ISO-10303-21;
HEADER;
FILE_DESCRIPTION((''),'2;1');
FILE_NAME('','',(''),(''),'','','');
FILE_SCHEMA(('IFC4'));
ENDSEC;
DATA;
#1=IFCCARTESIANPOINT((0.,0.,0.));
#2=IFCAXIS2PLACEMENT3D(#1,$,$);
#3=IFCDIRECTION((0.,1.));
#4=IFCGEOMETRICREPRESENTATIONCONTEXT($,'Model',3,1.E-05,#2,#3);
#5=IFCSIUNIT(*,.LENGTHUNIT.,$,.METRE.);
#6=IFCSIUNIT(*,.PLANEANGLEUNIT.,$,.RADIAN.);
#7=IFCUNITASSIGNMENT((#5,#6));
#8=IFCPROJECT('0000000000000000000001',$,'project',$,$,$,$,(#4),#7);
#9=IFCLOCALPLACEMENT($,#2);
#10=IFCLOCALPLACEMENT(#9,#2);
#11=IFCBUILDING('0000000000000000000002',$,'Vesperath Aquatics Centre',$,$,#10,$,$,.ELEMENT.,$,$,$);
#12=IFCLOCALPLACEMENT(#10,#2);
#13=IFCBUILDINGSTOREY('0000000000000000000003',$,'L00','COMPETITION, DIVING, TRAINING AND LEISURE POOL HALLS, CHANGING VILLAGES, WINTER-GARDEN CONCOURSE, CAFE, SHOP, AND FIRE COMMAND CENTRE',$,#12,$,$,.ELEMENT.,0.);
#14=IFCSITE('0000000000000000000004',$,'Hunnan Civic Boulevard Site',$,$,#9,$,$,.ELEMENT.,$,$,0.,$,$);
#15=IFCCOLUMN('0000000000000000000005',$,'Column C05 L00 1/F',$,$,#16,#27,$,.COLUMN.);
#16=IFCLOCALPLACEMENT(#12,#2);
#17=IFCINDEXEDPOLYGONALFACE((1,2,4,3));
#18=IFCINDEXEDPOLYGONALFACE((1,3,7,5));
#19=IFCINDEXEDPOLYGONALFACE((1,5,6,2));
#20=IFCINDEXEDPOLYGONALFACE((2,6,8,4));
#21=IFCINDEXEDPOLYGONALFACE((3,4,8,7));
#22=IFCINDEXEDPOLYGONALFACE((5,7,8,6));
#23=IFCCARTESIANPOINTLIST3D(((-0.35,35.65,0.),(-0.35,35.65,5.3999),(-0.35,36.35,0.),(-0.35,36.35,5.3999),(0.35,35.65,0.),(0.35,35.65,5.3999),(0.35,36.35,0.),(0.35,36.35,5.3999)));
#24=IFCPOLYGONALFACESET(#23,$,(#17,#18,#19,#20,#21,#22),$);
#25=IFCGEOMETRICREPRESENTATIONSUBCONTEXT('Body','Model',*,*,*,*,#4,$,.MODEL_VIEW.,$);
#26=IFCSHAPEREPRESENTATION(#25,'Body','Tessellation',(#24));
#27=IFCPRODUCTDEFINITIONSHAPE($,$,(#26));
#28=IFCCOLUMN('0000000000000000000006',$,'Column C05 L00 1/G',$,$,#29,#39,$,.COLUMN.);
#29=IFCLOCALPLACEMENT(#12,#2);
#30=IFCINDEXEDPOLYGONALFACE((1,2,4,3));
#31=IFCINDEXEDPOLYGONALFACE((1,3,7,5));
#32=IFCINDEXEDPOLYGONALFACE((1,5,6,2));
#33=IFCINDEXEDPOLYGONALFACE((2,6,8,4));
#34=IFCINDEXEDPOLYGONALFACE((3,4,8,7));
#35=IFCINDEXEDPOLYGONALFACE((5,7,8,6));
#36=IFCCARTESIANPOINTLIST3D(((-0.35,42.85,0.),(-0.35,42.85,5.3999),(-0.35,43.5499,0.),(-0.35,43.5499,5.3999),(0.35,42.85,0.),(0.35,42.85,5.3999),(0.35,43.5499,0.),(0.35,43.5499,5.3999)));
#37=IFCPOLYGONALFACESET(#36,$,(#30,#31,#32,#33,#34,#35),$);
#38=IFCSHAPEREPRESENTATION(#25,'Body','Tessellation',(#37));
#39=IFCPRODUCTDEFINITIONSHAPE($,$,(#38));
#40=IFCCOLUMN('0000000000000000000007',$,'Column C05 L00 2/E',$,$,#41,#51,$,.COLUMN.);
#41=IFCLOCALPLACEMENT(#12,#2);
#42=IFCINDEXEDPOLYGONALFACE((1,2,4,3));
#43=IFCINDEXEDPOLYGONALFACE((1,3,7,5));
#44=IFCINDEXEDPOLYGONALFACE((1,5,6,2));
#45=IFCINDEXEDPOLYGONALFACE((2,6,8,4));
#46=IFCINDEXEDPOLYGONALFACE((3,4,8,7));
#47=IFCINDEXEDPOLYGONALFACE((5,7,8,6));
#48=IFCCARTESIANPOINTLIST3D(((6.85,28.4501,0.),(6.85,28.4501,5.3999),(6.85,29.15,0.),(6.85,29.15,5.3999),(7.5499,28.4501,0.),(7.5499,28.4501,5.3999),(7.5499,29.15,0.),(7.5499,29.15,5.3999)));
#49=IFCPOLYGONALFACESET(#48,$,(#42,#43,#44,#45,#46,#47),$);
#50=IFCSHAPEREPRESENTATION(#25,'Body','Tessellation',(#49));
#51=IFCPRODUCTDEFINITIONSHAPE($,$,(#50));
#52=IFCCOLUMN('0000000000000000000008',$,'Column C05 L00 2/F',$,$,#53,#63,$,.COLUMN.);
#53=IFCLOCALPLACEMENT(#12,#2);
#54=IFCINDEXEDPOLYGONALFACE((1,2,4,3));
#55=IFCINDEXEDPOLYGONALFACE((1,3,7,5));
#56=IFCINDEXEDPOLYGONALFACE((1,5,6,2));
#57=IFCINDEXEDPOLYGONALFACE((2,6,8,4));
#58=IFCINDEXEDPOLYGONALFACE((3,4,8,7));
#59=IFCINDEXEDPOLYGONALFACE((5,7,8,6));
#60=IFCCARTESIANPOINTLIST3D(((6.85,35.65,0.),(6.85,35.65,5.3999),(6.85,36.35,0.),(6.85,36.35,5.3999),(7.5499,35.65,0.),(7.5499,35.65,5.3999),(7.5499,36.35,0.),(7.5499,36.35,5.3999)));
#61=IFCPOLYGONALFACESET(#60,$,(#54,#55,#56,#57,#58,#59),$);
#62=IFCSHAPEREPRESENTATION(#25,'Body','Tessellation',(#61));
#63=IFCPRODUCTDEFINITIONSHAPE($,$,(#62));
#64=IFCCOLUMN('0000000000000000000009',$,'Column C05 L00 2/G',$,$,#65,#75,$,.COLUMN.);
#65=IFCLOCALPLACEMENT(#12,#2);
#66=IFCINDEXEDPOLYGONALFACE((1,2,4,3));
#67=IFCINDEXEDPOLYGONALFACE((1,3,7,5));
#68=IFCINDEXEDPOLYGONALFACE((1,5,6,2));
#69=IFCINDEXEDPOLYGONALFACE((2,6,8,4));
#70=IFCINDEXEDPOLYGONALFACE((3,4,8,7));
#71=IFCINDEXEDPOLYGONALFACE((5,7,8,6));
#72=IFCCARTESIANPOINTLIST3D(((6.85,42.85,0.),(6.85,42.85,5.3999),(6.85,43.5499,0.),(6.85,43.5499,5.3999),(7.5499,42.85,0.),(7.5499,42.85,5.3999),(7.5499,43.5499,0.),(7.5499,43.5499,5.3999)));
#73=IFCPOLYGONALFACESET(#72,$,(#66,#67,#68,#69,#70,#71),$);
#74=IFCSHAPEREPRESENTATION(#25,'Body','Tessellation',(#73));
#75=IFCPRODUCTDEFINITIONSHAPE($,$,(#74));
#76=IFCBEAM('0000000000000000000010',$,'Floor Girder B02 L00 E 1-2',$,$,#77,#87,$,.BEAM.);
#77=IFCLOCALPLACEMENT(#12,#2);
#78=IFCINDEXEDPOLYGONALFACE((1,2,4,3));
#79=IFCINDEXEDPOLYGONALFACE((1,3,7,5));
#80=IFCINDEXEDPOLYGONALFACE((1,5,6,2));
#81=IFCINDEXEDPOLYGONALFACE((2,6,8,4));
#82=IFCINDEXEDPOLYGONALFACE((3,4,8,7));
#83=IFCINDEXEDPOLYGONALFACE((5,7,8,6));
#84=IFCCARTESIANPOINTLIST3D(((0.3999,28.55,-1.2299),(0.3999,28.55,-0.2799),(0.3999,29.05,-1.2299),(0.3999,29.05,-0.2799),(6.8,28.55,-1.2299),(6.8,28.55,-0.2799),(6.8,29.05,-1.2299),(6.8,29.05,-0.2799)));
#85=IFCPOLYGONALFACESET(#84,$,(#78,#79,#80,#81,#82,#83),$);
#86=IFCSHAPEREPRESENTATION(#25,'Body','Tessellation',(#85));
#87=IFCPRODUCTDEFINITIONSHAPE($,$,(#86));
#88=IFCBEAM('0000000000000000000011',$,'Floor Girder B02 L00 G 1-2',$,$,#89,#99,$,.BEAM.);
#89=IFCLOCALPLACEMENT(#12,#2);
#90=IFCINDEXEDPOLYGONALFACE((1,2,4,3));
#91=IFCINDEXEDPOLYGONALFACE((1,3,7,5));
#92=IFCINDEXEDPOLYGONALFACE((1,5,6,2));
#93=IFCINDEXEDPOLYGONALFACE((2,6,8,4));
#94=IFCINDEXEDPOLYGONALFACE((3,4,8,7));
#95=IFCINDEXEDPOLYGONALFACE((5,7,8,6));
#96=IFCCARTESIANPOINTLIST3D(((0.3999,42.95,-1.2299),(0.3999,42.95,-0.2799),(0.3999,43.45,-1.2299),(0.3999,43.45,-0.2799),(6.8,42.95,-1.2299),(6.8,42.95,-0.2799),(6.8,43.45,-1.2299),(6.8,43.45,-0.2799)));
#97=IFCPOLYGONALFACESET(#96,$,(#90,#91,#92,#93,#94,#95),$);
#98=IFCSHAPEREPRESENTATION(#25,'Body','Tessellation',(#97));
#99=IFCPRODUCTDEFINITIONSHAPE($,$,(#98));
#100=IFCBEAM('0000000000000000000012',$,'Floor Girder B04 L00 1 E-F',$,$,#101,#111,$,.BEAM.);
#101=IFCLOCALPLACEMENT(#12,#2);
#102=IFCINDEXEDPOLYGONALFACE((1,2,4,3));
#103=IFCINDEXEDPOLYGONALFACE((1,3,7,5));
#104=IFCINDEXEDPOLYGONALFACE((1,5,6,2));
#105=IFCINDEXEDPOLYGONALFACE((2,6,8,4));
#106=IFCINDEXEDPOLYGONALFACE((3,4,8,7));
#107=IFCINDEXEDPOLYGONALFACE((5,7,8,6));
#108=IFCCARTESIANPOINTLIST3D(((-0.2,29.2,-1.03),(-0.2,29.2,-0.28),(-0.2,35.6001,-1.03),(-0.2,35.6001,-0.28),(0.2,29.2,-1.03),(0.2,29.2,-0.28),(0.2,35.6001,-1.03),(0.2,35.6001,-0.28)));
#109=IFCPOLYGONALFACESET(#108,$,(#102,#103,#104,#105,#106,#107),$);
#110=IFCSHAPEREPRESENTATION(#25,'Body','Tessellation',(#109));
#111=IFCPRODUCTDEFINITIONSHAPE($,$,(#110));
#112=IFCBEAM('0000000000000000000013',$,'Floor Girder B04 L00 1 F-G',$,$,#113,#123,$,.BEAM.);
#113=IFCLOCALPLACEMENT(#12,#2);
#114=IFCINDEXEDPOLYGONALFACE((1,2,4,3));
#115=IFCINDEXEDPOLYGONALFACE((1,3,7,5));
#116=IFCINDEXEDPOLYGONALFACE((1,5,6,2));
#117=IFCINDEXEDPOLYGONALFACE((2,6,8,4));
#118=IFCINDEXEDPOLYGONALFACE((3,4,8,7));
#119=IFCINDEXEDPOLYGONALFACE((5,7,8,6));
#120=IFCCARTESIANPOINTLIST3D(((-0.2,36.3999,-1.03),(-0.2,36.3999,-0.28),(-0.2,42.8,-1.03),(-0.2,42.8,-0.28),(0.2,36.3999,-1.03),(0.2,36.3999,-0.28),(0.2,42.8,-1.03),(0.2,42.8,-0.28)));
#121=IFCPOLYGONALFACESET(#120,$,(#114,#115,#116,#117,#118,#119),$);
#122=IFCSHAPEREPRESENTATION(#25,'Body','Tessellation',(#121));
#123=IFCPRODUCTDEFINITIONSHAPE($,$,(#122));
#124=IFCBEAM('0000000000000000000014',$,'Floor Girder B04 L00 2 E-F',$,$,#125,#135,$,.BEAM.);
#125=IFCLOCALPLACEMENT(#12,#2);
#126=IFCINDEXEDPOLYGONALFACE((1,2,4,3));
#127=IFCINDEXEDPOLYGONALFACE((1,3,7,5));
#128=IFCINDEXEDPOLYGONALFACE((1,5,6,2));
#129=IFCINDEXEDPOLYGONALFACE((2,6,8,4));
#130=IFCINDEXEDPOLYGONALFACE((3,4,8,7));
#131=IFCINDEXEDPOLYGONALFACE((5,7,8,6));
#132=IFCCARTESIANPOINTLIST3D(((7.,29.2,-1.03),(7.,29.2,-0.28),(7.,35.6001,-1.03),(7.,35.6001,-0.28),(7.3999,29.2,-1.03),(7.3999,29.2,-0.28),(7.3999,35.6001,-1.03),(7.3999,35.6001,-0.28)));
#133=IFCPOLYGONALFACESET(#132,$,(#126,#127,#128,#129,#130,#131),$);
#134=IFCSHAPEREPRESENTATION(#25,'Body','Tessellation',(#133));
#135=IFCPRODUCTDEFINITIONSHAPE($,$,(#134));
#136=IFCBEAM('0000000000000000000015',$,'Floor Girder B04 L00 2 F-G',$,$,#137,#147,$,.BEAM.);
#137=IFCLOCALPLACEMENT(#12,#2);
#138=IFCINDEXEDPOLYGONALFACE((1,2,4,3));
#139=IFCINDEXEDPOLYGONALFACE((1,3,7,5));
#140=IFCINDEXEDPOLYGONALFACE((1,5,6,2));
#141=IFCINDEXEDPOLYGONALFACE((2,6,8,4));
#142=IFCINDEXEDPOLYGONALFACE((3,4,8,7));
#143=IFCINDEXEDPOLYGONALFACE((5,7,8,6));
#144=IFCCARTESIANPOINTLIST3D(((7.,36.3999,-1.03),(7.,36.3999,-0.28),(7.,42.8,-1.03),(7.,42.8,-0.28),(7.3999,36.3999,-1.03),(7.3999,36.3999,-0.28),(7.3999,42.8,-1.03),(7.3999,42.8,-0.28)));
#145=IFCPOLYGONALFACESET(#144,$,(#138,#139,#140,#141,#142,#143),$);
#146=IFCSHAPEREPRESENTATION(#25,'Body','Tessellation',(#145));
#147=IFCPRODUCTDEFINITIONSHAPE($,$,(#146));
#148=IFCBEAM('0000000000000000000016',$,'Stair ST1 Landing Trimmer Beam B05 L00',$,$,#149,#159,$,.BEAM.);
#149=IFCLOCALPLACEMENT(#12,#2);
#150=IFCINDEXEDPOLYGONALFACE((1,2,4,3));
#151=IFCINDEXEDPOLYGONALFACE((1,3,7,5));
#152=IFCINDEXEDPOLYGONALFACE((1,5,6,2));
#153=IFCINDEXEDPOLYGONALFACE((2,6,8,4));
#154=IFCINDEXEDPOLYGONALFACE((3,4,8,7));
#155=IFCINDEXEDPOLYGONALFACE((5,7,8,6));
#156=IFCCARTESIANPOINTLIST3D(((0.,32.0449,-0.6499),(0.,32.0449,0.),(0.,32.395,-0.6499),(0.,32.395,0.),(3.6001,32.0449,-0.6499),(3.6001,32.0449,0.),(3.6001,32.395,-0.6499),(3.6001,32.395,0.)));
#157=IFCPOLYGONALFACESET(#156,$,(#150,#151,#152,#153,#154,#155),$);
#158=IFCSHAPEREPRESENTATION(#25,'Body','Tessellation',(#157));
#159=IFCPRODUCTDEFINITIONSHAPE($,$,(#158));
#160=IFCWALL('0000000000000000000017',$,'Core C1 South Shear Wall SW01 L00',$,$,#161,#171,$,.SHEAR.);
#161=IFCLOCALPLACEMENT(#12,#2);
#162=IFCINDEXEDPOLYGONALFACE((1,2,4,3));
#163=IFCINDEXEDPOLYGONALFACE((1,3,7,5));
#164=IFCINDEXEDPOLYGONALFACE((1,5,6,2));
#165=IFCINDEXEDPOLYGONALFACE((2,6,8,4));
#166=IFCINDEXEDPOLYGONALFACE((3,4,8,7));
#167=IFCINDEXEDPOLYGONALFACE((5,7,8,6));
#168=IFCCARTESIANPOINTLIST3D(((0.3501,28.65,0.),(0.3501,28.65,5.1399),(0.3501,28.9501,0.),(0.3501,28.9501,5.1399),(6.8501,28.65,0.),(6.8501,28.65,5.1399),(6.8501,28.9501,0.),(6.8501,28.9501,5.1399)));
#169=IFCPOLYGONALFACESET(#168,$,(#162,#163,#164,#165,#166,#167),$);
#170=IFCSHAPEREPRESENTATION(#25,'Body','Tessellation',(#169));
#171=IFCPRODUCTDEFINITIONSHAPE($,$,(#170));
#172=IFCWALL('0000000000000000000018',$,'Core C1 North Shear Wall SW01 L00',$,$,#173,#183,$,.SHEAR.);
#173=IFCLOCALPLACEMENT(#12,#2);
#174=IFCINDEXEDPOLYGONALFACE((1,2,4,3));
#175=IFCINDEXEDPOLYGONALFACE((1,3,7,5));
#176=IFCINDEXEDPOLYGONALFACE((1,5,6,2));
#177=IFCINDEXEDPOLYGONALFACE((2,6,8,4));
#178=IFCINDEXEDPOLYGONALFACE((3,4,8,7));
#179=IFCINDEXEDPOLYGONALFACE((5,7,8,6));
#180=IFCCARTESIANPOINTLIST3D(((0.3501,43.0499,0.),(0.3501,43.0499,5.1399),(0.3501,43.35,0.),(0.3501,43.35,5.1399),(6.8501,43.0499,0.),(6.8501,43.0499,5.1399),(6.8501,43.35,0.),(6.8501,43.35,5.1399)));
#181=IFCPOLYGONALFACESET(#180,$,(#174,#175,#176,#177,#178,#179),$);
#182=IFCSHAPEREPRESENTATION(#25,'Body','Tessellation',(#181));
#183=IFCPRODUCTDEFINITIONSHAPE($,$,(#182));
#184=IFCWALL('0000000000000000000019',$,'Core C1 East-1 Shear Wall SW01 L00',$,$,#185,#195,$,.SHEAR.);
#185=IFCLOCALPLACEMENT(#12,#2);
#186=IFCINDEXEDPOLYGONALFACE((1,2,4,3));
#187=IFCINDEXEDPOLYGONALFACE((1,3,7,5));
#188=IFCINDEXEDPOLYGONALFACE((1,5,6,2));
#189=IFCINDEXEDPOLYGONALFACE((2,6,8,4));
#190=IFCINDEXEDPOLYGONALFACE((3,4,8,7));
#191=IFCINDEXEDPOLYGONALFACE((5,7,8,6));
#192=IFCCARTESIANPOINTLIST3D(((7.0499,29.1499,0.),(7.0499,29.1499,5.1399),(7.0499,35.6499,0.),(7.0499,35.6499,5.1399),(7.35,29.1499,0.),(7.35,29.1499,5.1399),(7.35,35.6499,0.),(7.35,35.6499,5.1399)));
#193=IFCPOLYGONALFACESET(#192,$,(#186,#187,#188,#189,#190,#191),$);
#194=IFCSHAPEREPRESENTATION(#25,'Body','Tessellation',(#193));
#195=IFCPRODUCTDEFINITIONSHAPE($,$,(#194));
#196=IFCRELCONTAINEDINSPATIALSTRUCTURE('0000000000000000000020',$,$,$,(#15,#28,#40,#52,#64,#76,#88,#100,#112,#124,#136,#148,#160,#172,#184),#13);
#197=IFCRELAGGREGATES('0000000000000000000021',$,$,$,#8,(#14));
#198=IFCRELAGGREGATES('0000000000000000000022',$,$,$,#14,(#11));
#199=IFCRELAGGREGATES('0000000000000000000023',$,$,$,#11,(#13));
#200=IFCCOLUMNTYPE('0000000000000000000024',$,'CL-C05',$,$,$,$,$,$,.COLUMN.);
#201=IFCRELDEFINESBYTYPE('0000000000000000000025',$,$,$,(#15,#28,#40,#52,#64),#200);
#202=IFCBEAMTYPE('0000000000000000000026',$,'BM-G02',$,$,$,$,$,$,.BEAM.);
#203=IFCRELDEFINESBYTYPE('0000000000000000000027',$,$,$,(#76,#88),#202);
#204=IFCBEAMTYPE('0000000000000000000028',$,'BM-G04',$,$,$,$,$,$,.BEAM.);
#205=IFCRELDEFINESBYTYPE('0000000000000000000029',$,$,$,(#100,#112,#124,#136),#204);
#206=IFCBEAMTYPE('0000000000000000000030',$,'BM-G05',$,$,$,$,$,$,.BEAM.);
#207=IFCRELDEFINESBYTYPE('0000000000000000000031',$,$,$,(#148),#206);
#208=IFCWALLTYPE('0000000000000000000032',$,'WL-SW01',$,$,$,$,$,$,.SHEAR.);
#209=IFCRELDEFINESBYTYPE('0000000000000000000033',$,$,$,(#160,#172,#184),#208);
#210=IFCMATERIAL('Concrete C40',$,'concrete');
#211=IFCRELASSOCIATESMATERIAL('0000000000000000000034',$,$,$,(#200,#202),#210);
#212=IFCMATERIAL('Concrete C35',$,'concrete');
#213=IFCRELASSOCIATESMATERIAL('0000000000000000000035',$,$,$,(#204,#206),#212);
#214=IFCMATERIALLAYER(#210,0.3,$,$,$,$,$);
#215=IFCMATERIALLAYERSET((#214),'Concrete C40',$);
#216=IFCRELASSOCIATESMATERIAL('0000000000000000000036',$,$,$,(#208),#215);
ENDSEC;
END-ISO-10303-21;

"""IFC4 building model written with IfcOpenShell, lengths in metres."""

from ifc_helpers import new_model, si_unit, direction, frame, frame_2d, origin, origin_2d, place, context, subcontext, project, spatial, rectangle, extrude, material, layer, layer_set, material_profile, profile_set, type_object, element, save


model = new_model("IFC4")

# Units and contexts
model_context = context("Model", 3, precision=1e-05, world=origin(), true_north=direction((0.0, 1.0)))
body_context = subcontext(model_context, "Body", "Model", "MODEL_VIEW")
ifc_project = project(units=[si_unit("LENGTHUNIT", "METRE"), si_unit("PLANEANGLEUNIT", "RADIAN")], contexts=[model_context])

# Site, building, storey
site_placement = place(None, origin())
site = spatial("IfcSite", under=ifc_project, at=site_placement, Name="Hunnan Civic Boulevard Site", CompositionType="ELEMENT", RefElevation=0.0)
building_placement = place(site_placement, origin())
building = spatial("IfcBuilding", under=site, at=building_placement, Name="Vesperath Aquatics Centre", CompositionType="ELEMENT")
storey_placement = place(building_placement, origin())
storey = spatial("IfcBuildingStorey", under=building, at=storey_placement, Name="L00", Description="COMPETITION, DIVING, TRAINING AND LEISURE POOL HALLS, CHANGING VILLAGES, WINTER-GARDEN CONCOURSE, CAFE, SHOP, AND FIRE COMMAND CENTRE", CompositionType="ELEMENT", Elevation=0.0)

# Columns
ifc_material_1 = material(Name="Concrete C40", Category="concrete")
ifc_material_profile_1 = material_profile(ifc_material_1, rectangle(XDim=0.7, YDim=0.7, at=origin_2d()), Name="RC 700x700")
ifc_profile_set_1 = profile_set([ifc_material_profile_1], Name="Concrete C40")
column_type = type_object("IfcColumnType", Name="CL-C05", PredefinedType="COLUMN", material=ifc_profile_set_1)
for number, where, z_axis, x_axis, name in (
    (1, (0.0, 36.0, 0.0), (0.0, 0.0, 1.0), (1.0, 0.0, 0.0), "Column C05 L00 1/F"),
    (2, (0.0, 43.2, 0.0), (0.0, 0.0, 1.0), (1.0, 0.0, 0.0), "Column C05 L00 1/G"),
    (3, (7.2, 28.8, 0.0), (0.0, 0.0, 1.0), (1.0, 0.0, 0.0), "Column C05 L00 2/E"),
    (4, (7.2, 36.0, 0.0), (0.0, 0.0, 1.0), (1.0, 0.0, 0.0), "Column C05 L00 2/F"),
    (5, (7.2, 43.2, 0.0), (0.0, 0.0, 1.0), (1.0, 0.0, 0.0), "Column C05 L00 2/G"),
):
    element("IfcColumn", number, at=place(storey_placement, frame(where, z_axis=z_axis, x_axis=x_axis)), inside=storey, type_object=column_type, Name=name, PredefinedType="COLUMN", context=body_context, shape_type="SweptSolid", body=[
        extrude(rectangle(XDim=0.7, YDim=0.7, at=origin_2d()), origin(), (0.0, 0.0, 1.0), 5.3999),
    ])

# Beams
ifc_material_profile_2 = material_profile(ifc_material_1, rectangle(XDim=0.5, YDim=0.95, at=origin_2d()), Name="RC 500x950")
ifc_profile_set_2 = profile_set([ifc_material_profile_2], Name="Concrete C40")
beam_type_1 = type_object("IfcBeamType", Name="BM-G02", PredefinedType="BEAM", material=ifc_profile_set_2)
for number, where, z_axis, x_axis, name in (
    (6, (0.3999, 28.8, -0.7549), (1.0, 0.0, 0.0), (0.0, 1.0, 0.0), "Floor Girder B02 L00 E 1-2"),
    (7, (0.3999, 43.2, -0.7549), (1.0, 0.0, 0.0), (0.0, 1.0, 0.0), "Floor Girder B02 L00 G 1-2"),
):
    element("IfcBeam", number, at=place(storey_placement, frame(where, z_axis=z_axis, x_axis=x_axis)), inside=storey, type_object=beam_type_1, Name=name, PredefinedType="BEAM", context=body_context, shape_type="SweptSolid", body=[
        extrude(rectangle(XDim=0.5, YDim=0.95, at=origin_2d()), origin(), (0.0, 0.0, 1.0), 6.4001),
    ])
ifc_material_2 = material(Name="Concrete C35", Category="concrete")
ifc_material_profile_3 = material_profile(ifc_material_2, rectangle(XDim=0.3999, YDim=0.75, at=origin_2d()), Name="RC 400x750")
ifc_profile_set_3 = profile_set([ifc_material_profile_3], Name="Concrete C35")
beam_type_2 = type_object("IfcBeamType", Name="BM-G04", PredefinedType="BEAM", material=ifc_profile_set_3)
for number, where, z_axis, x_axis, name in (
    (8, (0.0, 29.2, -0.655), (0.0, 1.0, 0.0), (-1.0, 0.0, 0.0), "Floor Girder B04 L00 1 E-F"),
    (9, (0.0, 36.3999, -0.655), (0.0, 1.0, 0.0), (-1.0, 0.0, 0.0), "Floor Girder B04 L00 1 F-G"),
    (10, (7.2, 29.2, -0.655), (0.0, 1.0, 0.0), (-1.0, 0.0, 0.0), "Floor Girder B04 L00 2 E-F"),
    (11, (7.2, 36.3999, -0.655), (0.0, 1.0, 0.0), (-1.0, 0.0, 0.0), "Floor Girder B04 L00 2 F-G"),
):
    element("IfcBeam", number, at=place(storey_placement, frame(where, z_axis=z_axis, x_axis=x_axis)), inside=storey, type_object=beam_type_2, Name=name, PredefinedType="BEAM", context=body_context, shape_type="SweptSolid", body=[
        extrude(rectangle(XDim=0.3999, YDim=0.75, at=origin_2d()), origin(), (0.0, 0.0, 1.0), 6.4001),
    ])
ifc_material_profile_4 = material_profile(ifc_material_2, rectangle(XDim=0.3501, YDim=0.6499, at=origin_2d()), Name="RC 350x650")
ifc_profile_set_4 = profile_set([ifc_material_profile_4], Name="Concrete C35")
beam_type_3 = type_object("IfcBeamType", Name="BM-G05", PredefinedType="BEAM", material=ifc_profile_set_4)
beam_placement = place(storey_placement, frame((0.0, 32.22, -0.325), z_axis=(1.0, 0.0, 0.0), x_axis=(0.0, 1.0, 0.0)))
element("IfcBeam", 12, at=beam_placement, inside=storey, type_object=beam_type_3, Name="Stair ST1 Landing Trimmer Beam B05 L00", PredefinedType="BEAM", context=body_context, shape_type="SweptSolid", body=[
    extrude(rectangle(XDim=0.3501, YDim=0.6499, at=origin_2d()), origin(), (0.0, 0.0, 1.0), 3.6001),
])

# Walls
ifc_layer_1 = layer(ifc_material_1, 0.3)
ifc_layer_set_1 = layer_set([ifc_layer_1], Name="Concrete C40")
wall_type_1 = type_object("IfcWallType", Name="WL-SW01", PredefinedType="SHEAR", material=ifc_layer_set_1)
for number, where, z_axis, x_axis, name in (
    (13, (0.3501, 28.8, 0.0), (0.0, 0.0, 1.0), (1.0, 0.0, 0.0), "Core C1 South Shear Wall SW01 L00"),
    (14, (0.3501, 43.2, 0.0), (0.0, 0.0, 1.0), (1.0, 0.0, 0.0), "Core C1 North Shear Wall SW01 L00"),
    (15, (7.2, 29.1499, 0.0), (0.0, 0.0, 1.0), (0.0, 1.0, 0.0), "Core C1 East-1 Shear Wall SW01 L00"),
):
    element("IfcWall", number, at=place(storey_placement, frame(where, z_axis=z_axis, x_axis=x_axis)), inside=storey, type_object=wall_type_1, Name=name, PredefinedType="SHEAR", context=body_context, shape_type="SweptSolid", body=[
        extrude(rectangle(XDim=6.5, YDim=0.3, at=frame_2d((3.25, 0.0))), origin(), (0.0, 0.0, 1.0), 5.1399),
    ])

save(model, "model.ifc")
